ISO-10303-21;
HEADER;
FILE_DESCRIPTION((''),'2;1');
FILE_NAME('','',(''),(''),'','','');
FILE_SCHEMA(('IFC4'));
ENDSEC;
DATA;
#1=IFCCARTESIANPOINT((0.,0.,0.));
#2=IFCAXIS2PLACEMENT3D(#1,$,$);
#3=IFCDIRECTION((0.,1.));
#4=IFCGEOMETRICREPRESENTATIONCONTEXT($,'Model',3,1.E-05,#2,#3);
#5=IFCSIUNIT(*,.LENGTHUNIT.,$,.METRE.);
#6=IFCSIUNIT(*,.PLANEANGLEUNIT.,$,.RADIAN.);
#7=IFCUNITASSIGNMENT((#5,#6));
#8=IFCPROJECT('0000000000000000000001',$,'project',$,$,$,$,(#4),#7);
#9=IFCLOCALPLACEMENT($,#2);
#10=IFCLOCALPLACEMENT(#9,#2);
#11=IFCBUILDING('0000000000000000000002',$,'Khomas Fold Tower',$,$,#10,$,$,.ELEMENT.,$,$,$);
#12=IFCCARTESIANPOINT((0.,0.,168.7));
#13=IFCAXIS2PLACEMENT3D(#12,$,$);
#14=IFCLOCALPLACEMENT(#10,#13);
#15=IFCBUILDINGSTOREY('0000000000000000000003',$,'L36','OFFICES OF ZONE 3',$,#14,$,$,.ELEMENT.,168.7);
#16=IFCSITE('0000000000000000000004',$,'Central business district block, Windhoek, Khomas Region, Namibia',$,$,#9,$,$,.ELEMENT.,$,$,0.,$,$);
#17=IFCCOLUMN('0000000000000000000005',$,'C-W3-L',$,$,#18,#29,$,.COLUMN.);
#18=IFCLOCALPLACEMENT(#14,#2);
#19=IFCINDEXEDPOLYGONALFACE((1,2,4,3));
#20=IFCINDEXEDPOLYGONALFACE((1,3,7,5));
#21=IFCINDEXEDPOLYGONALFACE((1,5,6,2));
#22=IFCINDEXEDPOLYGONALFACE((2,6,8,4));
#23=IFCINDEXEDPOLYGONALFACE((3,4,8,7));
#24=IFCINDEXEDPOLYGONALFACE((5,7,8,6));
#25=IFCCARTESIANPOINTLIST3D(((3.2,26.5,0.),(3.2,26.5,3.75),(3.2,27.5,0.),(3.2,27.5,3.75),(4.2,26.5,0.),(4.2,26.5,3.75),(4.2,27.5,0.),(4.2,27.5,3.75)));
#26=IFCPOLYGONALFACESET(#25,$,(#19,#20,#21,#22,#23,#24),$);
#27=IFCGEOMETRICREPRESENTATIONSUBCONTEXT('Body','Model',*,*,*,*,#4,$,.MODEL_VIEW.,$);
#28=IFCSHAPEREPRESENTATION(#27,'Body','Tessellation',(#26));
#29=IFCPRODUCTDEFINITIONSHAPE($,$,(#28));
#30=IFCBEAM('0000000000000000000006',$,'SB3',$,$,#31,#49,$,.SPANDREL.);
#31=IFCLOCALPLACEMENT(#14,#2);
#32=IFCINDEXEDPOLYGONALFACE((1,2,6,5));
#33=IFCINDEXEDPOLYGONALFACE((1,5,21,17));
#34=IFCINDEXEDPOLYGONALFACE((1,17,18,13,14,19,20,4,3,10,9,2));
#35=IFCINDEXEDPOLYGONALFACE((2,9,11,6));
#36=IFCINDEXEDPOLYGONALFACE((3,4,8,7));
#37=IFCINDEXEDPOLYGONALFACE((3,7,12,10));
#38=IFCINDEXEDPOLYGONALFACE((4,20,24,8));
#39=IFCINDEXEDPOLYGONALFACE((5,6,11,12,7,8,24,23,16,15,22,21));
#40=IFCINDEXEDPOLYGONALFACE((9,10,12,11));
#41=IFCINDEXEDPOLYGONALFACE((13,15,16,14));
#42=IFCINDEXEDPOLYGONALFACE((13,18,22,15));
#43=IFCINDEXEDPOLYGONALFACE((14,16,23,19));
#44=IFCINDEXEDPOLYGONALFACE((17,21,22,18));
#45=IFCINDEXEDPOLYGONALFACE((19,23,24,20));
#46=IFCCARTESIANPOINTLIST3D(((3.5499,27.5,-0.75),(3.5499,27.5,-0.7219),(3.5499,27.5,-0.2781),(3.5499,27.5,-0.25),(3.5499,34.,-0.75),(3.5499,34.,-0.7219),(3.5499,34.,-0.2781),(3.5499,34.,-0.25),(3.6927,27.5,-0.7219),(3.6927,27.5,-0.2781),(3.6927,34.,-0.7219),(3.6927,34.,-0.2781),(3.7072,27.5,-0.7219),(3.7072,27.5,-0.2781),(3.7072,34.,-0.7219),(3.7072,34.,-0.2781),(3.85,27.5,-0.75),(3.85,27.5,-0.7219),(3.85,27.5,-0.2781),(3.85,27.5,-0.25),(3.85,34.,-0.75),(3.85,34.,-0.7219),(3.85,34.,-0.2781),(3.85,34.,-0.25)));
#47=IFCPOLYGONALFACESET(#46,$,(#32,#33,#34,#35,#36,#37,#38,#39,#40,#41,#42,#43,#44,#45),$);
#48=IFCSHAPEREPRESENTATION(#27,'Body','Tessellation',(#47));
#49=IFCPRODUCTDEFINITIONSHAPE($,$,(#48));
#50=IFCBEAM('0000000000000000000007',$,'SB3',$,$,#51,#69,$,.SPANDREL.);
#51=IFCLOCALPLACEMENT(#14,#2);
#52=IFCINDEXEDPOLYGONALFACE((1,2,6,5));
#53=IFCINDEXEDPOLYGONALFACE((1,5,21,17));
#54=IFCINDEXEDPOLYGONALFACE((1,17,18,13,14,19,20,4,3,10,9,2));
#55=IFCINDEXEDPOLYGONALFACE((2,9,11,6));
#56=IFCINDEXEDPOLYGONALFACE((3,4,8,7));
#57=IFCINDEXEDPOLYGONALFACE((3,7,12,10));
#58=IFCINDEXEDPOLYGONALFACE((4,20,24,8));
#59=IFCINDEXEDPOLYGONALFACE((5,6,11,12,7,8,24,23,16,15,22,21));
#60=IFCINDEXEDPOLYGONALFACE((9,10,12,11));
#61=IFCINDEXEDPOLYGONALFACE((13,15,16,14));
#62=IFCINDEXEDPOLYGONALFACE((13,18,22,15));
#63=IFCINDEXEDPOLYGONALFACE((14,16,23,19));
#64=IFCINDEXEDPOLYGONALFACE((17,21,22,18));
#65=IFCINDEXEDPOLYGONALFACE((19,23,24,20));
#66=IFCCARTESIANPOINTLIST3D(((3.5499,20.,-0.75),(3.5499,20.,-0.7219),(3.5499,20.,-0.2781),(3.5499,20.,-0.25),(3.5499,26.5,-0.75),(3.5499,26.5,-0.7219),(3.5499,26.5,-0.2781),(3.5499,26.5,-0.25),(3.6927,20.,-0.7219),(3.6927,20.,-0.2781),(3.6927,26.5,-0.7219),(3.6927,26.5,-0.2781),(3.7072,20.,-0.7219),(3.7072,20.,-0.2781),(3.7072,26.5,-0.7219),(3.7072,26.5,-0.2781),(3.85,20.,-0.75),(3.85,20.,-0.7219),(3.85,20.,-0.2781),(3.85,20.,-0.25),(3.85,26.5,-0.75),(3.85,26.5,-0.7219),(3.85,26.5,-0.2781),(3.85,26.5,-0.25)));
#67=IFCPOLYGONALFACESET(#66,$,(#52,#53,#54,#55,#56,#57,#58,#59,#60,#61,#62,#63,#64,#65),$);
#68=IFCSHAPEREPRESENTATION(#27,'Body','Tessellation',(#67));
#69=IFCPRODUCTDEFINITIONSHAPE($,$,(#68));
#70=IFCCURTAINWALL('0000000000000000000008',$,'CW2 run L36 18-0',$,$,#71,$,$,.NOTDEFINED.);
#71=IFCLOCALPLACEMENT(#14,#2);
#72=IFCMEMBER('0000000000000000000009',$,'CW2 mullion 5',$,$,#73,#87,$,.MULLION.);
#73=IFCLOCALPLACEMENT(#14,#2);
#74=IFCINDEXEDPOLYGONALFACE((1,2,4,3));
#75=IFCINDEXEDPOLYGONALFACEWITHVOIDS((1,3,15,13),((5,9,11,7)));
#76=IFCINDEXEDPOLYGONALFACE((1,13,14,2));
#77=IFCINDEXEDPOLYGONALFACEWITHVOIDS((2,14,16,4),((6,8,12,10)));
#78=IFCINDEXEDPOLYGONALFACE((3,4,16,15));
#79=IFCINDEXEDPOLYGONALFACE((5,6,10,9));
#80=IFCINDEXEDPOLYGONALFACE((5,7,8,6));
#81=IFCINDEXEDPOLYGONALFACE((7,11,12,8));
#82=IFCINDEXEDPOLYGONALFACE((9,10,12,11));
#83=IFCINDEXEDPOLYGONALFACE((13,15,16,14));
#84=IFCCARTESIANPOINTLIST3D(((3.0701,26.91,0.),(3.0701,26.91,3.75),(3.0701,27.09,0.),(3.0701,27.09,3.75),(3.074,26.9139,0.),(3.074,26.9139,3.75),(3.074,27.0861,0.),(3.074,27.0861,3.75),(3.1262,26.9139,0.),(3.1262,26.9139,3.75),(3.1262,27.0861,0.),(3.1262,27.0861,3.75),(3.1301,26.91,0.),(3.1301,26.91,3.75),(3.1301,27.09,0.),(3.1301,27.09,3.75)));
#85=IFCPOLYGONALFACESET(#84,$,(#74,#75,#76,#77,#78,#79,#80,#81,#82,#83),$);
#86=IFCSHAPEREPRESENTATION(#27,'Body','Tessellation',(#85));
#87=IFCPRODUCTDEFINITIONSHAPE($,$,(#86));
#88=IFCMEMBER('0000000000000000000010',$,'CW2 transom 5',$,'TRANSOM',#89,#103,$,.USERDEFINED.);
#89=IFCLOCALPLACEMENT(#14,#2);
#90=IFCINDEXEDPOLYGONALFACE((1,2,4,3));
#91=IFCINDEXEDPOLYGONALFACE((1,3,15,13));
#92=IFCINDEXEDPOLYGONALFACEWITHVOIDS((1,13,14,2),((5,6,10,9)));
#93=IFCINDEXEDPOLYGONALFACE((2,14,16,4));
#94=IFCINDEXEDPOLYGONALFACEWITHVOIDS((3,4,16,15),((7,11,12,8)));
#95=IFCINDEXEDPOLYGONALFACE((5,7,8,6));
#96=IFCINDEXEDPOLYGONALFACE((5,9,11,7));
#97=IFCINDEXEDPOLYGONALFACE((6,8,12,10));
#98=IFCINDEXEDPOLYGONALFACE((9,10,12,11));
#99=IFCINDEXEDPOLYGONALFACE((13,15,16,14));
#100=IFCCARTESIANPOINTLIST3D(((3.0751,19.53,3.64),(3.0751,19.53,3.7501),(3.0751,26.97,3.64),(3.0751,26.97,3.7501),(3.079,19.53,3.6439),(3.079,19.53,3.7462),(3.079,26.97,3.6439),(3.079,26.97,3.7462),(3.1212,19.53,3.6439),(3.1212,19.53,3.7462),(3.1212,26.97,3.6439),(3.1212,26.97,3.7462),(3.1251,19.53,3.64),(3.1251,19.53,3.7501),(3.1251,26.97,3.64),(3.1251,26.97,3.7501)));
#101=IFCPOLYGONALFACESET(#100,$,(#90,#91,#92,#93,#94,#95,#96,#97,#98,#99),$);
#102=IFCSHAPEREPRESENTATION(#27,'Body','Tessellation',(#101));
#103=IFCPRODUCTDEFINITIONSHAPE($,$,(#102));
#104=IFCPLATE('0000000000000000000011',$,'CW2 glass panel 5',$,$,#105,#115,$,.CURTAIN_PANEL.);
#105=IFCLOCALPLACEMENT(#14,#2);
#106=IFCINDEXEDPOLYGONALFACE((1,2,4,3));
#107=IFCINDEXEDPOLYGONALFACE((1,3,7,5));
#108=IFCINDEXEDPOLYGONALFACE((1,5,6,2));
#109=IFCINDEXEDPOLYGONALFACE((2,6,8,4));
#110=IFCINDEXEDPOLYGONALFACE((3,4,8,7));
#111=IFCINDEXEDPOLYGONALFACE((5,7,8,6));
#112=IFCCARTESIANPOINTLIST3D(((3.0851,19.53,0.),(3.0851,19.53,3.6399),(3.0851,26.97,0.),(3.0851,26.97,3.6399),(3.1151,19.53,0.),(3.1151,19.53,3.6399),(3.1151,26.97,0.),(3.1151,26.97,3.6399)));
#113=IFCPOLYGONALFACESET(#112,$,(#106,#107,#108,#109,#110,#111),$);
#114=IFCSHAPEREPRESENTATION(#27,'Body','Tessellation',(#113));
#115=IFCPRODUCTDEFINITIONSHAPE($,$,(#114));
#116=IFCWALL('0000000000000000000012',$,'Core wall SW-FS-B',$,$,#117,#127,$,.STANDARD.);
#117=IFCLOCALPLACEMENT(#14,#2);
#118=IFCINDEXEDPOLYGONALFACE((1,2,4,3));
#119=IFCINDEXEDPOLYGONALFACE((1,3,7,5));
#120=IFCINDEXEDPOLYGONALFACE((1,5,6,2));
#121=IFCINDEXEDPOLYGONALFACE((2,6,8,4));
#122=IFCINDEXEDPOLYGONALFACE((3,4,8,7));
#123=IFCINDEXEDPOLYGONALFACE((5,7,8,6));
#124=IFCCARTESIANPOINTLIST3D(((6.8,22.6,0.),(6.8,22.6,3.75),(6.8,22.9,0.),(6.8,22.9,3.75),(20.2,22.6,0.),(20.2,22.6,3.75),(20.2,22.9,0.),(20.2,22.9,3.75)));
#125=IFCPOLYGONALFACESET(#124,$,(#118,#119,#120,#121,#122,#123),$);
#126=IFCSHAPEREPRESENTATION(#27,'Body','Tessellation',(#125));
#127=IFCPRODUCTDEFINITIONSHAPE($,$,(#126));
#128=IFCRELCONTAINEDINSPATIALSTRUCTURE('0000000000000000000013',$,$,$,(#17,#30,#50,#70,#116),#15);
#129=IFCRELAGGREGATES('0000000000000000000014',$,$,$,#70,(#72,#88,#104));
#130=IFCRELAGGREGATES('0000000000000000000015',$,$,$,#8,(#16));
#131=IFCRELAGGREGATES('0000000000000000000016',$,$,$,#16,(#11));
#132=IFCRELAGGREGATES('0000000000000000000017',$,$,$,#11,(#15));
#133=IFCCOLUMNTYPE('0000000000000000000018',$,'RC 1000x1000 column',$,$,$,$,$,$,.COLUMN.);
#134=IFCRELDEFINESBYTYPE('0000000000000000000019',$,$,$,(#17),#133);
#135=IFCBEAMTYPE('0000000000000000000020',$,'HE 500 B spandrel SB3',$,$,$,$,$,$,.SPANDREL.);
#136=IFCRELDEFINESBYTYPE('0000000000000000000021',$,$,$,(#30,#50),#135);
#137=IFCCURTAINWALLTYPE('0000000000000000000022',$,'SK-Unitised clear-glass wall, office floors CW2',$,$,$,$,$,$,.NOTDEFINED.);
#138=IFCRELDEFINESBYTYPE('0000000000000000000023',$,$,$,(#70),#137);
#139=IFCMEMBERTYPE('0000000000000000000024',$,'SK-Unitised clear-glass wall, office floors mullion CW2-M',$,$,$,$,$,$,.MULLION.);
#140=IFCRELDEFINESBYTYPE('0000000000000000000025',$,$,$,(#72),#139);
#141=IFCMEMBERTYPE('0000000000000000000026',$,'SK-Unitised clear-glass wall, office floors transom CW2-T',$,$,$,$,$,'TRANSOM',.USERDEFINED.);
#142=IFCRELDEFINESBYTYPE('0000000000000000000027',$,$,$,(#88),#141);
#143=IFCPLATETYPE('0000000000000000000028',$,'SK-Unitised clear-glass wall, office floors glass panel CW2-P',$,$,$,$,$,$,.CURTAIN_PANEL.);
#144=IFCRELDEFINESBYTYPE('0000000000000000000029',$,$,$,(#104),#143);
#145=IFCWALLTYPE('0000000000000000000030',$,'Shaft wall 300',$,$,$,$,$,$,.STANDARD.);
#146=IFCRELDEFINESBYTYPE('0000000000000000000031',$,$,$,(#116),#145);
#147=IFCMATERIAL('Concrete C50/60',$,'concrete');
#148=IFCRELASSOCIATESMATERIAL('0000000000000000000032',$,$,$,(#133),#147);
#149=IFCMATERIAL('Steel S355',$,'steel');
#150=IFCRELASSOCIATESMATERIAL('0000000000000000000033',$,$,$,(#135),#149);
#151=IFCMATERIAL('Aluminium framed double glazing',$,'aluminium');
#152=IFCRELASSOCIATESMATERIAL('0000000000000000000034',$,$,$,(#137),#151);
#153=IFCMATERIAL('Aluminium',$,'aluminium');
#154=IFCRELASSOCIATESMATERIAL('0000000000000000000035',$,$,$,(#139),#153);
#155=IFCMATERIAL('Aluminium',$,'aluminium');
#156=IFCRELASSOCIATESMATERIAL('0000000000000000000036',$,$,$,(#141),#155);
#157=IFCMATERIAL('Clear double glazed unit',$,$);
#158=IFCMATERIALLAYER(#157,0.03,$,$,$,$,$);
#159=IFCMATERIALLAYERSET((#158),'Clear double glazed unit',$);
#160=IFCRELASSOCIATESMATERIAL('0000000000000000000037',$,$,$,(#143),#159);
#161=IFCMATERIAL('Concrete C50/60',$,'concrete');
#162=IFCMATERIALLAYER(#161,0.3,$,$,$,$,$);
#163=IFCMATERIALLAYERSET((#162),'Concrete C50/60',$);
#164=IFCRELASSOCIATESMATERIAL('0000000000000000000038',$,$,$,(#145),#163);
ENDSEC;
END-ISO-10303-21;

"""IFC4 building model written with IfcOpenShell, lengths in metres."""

from ifc_helpers import new_model, si_unit, direction, frame, frame_2d, origin, origin_2d, place, context, subcontext, project, spatial, rectangle, hollow_rectangle, i_section, extrude, source, transform, mapped, material, layer, layer_set, material_profile, profile_set, type_object, element, aggregate, save


model = new_model("IFC4")

# Units and contexts
model_context = context("Model", 3, precision=1e-05, world=origin(), true_north=direction((0.0, 1.0)))
body_context = subcontext(model_context, "Body", "Model", "MODEL_VIEW")
ifc_project = project(units=[si_unit("LENGTHUNIT", "METRE"), si_unit("PLANEANGLEUNIT", "RADIAN")], contexts=[model_context])

# Site, building, storey
site_placement = place(None, origin())
site = spatial("IfcSite", under=ifc_project, at=site_placement, Name="Central business district block, Windhoek, Khomas Region, Namibia", CompositionType="ELEMENT", RefElevation=0.0)
building_placement = place(site_placement, origin())
building = spatial("IfcBuilding", under=site, at=building_placement, Name="Khomas Fold Tower", CompositionType="ELEMENT")
storey_placement = place(building_placement, frame((0.0, 0.0, 168.7)))
storey = spatial("IfcBuildingStorey", under=building, at=storey_placement, Name="L36", Description="OFFICES OF ZONE 3", CompositionType="ELEMENT", Elevation=168.7)

# Column
ifc_material_1 = material(Name="Concrete C50/60", Category="concrete")
ifc_material_profile_1 = material_profile(ifc_material_1, rectangle(XDim=1.0, YDim=1.0, at=origin_2d()), Name="RC 1000x1000")
ifc_profile_set_1 = profile_set([ifc_material_profile_1], Name="Concrete C50/60")
column_type = type_object("IfcColumnType", Name="RC 1000x1000 column", PredefinedType="COLUMN", material=ifc_profile_set_1)
shared_shape_1 = source(origin(), body_context, "Body", "SweptSolid", [
    extrude(rectangle(XDim=1.0, YDim=1.0, at=origin_2d()), origin(), (0.0, 0.0, 1.0), 3.75),
])
column_placement = place(storey_placement, frame((3.7, 27.0, 0.0), z_axis=(0.0, 0.0, 1.0), x_axis=(1.0, 0.0, 0.0)))
element("IfcColumn", 1, at=column_placement, inside=storey, type_object=column_type, Name="C-W3-L", PredefinedType="COLUMN", context=body_context, shape_type="MappedRepresentation", body=[
    mapped(shared_shape_1, transform((0.0, 0.0, 0.0))),
])

# Beams
ifc_material_2 = material(Name="Steel S355", Category="steel")
ifc_material_profile_2 = material_profile(ifc_material_2, i_section(OverallWidth=0.3, OverallDepth=0.5, WebThickness=0.0144, FlangeThickness=0.0281, at=origin_2d()), Name="HE 500 B")
ifc_profile_set_2 = profile_set([ifc_material_profile_2], Name="Steel S355")
beam_type = type_object("IfcBeamType", Name="HE 500 B spandrel SB3", PredefinedType="SPANDREL", material=ifc_profile_set_2)
shared_shape_2 = source(origin(), body_context, "Body", "SweptSolid", [
    extrude(i_section(OverallWidth=0.3, OverallDepth=0.5, WebThickness=0.0144, FlangeThickness=0.0281, at=origin_2d()), origin(), (0.0, 0.0, 1.0), 6.5),
])
for number, where, z_axis, x_axis, name in (
    (2, (3.7, 27.5, -0.5), (0.0, 1.0, 0.0), (-1.0, 0.0, 0.0), "SB3"),
    (3, (3.7, 20.0, -0.5), (0.0, 1.0, 0.0), (-1.0, 0.0, 0.0), "SB3"),
):
    element("IfcBeam", number, at=place(storey_placement, frame(where, z_axis=z_axis, x_axis=x_axis)), inside=storey, type_object=beam_type, Name=name, PredefinedType="SPANDREL", context=body_context, shape_type="MappedRepresentation", body=[
        mapped(shared_shape_2, transform((0.0, 0.0, 0.0))),
    ])

# Curtain wall, members, plate
ifc_material_3 = material(Name="Aluminium framed double glazing", Category="aluminium")
curtain_wall_type = type_object("IfcCurtainWallType", Name="SK-Unitised clear-glass wall, office floors CW2", PredefinedType="NOTDEFINED", material=ifc_material_3)
curtain_wall_placement = place(storey_placement, origin())
curtain_wall = element("IfcCurtainWall", 4, at=curtain_wall_placement, inside=storey, type_object=curtain_wall_type, Name="CW2 run L36 18-0", PredefinedType="NOTDEFINED")
ifc_material_4 = material(Name="Aluminium", Category="aluminium")
ifc_material_profile_3 = material_profile(ifc_material_4, hollow_rectangle(XDim=0.0601, YDim=0.1799, WallThickness=0.0039, at=origin_2d()), Name="SK-Unitised clear-glass wall, office floors mullion CW2-M")
ifc_profile_set_3 = profile_set([ifc_material_profile_3], Name="Aluminium")
member_type_1 = type_object("IfcMemberType", Name="SK-Unitised clear-glass wall, office floors mullion CW2-M", PredefinedType="MULLION", material=ifc_profile_set_3)
shared_shape_3 = source(origin(), body_context, "Body", "SweptSolid", [
    extrude(hollow_rectangle(XDim=0.0601, YDim=0.1799, WallThickness=0.0039, at=origin_2d()), origin(), (0.0, 0.0, 1.0), 3.75),
])
member_1_placement = place(storey_placement, frame((3.1001, 27.0, 0.0), z_axis=(0.0, 0.0, 1.0), x_axis=(1.0, 0.0, 0.0)))
member_1 = element("IfcMember", 5, at=member_1_placement, type_object=member_type_1, Name="CW2 mullion 5", PredefinedType="MULLION", context=body_context, shape_type="MappedRepresentation", body=[
    mapped(shared_shape_3, transform((0.0, 0.0, 0.0))),
])
ifc_material_5 = material(Name="Aluminium", Category="aluminium")
ifc_material_profile_4 = material_profile(ifc_material_5, hollow_rectangle(XDim=0.05, YDim=0.1101, WallThickness=0.0039, at=origin_2d()), Name="SK-Unitised clear-glass wall, office floors transom CW2-T")
ifc_profile_set_4 = profile_set([ifc_material_profile_4], Name="Aluminium")
member_type_2 = type_object("IfcMemberType", Name="SK-Unitised clear-glass wall, office floors transom CW2-T", ElementType="TRANSOM", PredefinedType="USERDEFINED", material=ifc_profile_set_4)
shared_shape_4 = source(origin(), body_context, "Body", "SweptSolid", [
    extrude(hollow_rectangle(XDim=0.05, YDim=0.1101, WallThickness=0.0039, at=origin_2d()), origin(), (0.0, 0.0, 1.0), 7.4399),
])
member_2_placement = place(storey_placement, frame((3.1001, 26.97, 3.6951), z_axis=(0.0, -1.0, 0.0), x_axis=(1.0, 0.0, 0.0)))
member_2 = element("IfcMember", 6, at=member_2_placement, type_object=member_type_2, Name="CW2 transom 5", ObjectType="TRANSOM", PredefinedType="USERDEFINED", context=body_context, shape_type="MappedRepresentation", body=[
    mapped(shared_shape_4, transform((0.0, 0.0, 0.0))),
])
ifc_material_6 = material(Name="Clear double glazed unit")
ifc_layer_1 = layer(ifc_material_6, 0.03)
ifc_layer_set_1 = layer_set([ifc_layer_1], Name="Clear double glazed unit")
plate_type = type_object("IfcPlateType", Name="SK-Unitised clear-glass wall, office floors glass panel CW2-P", PredefinedType="CURTAIN_PANEL", material=ifc_layer_set_1)
shared_shape_5 = source(origin(), body_context, "Body", "SweptSolid", [
    extrude(rectangle(XDim=7.4399, YDim=0.03, at=origin_2d()), origin(), (0.0, 0.0, 1.0), 3.6399),
])
plate_placement = place(storey_placement, frame((3.1001, 23.25, 0.0), z_axis=(0.0, 0.0, 1.0), x_axis=(0.0, -1.0, 0.0)))
plate = element("IfcPlate", 7, at=plate_placement, type_object=plate_type, Name="CW2 glass panel 5", PredefinedType="CURTAIN_PANEL", context=body_context, shape_type="MappedRepresentation", body=[
    mapped(shared_shape_5, transform((0.0, 0.0, 0.0))),
])
aggregate(curtain_wall, [member_1, member_2, plate])

# Wall
ifc_material_7 = material(Name="Concrete C50/60", Category="concrete")
ifc_layer_2 = layer(ifc_material_7, 0.3)
ifc_layer_set_2 = layer_set([ifc_layer_2], Name="Concrete C50/60")
wall_type_1 = type_object("IfcWallType", Name="Shaft wall 300", PredefinedType="STANDARD", material=ifc_layer_set_2)
shared_shape_6 = source(origin(), body_context, "Body", "SweptSolid", [
    extrude(rectangle(XDim=13.3999, YDim=0.3, at=frame_2d((6.7, 0.0))), origin(), (0.0, 0.0, 1.0), 3.75),
])
wall_1_placement = place(storey_placement, frame((6.8, 22.75, 0.0), z_axis=(0.0, 0.0, 1.0), x_axis=(1.0, 0.0, 0.0)))
element("IfcWall", 8, at=wall_1_placement, inside=storey, type_object=wall_type_1, Name="Core wall SW-FS-B", PredefinedType="STANDARD", context=body_context, shape_type="MappedRepresentation", body=[
    mapped(shared_shape_6, transform((0.0, 0.0, 0.0))),
])

save(model, "model.ifc")
